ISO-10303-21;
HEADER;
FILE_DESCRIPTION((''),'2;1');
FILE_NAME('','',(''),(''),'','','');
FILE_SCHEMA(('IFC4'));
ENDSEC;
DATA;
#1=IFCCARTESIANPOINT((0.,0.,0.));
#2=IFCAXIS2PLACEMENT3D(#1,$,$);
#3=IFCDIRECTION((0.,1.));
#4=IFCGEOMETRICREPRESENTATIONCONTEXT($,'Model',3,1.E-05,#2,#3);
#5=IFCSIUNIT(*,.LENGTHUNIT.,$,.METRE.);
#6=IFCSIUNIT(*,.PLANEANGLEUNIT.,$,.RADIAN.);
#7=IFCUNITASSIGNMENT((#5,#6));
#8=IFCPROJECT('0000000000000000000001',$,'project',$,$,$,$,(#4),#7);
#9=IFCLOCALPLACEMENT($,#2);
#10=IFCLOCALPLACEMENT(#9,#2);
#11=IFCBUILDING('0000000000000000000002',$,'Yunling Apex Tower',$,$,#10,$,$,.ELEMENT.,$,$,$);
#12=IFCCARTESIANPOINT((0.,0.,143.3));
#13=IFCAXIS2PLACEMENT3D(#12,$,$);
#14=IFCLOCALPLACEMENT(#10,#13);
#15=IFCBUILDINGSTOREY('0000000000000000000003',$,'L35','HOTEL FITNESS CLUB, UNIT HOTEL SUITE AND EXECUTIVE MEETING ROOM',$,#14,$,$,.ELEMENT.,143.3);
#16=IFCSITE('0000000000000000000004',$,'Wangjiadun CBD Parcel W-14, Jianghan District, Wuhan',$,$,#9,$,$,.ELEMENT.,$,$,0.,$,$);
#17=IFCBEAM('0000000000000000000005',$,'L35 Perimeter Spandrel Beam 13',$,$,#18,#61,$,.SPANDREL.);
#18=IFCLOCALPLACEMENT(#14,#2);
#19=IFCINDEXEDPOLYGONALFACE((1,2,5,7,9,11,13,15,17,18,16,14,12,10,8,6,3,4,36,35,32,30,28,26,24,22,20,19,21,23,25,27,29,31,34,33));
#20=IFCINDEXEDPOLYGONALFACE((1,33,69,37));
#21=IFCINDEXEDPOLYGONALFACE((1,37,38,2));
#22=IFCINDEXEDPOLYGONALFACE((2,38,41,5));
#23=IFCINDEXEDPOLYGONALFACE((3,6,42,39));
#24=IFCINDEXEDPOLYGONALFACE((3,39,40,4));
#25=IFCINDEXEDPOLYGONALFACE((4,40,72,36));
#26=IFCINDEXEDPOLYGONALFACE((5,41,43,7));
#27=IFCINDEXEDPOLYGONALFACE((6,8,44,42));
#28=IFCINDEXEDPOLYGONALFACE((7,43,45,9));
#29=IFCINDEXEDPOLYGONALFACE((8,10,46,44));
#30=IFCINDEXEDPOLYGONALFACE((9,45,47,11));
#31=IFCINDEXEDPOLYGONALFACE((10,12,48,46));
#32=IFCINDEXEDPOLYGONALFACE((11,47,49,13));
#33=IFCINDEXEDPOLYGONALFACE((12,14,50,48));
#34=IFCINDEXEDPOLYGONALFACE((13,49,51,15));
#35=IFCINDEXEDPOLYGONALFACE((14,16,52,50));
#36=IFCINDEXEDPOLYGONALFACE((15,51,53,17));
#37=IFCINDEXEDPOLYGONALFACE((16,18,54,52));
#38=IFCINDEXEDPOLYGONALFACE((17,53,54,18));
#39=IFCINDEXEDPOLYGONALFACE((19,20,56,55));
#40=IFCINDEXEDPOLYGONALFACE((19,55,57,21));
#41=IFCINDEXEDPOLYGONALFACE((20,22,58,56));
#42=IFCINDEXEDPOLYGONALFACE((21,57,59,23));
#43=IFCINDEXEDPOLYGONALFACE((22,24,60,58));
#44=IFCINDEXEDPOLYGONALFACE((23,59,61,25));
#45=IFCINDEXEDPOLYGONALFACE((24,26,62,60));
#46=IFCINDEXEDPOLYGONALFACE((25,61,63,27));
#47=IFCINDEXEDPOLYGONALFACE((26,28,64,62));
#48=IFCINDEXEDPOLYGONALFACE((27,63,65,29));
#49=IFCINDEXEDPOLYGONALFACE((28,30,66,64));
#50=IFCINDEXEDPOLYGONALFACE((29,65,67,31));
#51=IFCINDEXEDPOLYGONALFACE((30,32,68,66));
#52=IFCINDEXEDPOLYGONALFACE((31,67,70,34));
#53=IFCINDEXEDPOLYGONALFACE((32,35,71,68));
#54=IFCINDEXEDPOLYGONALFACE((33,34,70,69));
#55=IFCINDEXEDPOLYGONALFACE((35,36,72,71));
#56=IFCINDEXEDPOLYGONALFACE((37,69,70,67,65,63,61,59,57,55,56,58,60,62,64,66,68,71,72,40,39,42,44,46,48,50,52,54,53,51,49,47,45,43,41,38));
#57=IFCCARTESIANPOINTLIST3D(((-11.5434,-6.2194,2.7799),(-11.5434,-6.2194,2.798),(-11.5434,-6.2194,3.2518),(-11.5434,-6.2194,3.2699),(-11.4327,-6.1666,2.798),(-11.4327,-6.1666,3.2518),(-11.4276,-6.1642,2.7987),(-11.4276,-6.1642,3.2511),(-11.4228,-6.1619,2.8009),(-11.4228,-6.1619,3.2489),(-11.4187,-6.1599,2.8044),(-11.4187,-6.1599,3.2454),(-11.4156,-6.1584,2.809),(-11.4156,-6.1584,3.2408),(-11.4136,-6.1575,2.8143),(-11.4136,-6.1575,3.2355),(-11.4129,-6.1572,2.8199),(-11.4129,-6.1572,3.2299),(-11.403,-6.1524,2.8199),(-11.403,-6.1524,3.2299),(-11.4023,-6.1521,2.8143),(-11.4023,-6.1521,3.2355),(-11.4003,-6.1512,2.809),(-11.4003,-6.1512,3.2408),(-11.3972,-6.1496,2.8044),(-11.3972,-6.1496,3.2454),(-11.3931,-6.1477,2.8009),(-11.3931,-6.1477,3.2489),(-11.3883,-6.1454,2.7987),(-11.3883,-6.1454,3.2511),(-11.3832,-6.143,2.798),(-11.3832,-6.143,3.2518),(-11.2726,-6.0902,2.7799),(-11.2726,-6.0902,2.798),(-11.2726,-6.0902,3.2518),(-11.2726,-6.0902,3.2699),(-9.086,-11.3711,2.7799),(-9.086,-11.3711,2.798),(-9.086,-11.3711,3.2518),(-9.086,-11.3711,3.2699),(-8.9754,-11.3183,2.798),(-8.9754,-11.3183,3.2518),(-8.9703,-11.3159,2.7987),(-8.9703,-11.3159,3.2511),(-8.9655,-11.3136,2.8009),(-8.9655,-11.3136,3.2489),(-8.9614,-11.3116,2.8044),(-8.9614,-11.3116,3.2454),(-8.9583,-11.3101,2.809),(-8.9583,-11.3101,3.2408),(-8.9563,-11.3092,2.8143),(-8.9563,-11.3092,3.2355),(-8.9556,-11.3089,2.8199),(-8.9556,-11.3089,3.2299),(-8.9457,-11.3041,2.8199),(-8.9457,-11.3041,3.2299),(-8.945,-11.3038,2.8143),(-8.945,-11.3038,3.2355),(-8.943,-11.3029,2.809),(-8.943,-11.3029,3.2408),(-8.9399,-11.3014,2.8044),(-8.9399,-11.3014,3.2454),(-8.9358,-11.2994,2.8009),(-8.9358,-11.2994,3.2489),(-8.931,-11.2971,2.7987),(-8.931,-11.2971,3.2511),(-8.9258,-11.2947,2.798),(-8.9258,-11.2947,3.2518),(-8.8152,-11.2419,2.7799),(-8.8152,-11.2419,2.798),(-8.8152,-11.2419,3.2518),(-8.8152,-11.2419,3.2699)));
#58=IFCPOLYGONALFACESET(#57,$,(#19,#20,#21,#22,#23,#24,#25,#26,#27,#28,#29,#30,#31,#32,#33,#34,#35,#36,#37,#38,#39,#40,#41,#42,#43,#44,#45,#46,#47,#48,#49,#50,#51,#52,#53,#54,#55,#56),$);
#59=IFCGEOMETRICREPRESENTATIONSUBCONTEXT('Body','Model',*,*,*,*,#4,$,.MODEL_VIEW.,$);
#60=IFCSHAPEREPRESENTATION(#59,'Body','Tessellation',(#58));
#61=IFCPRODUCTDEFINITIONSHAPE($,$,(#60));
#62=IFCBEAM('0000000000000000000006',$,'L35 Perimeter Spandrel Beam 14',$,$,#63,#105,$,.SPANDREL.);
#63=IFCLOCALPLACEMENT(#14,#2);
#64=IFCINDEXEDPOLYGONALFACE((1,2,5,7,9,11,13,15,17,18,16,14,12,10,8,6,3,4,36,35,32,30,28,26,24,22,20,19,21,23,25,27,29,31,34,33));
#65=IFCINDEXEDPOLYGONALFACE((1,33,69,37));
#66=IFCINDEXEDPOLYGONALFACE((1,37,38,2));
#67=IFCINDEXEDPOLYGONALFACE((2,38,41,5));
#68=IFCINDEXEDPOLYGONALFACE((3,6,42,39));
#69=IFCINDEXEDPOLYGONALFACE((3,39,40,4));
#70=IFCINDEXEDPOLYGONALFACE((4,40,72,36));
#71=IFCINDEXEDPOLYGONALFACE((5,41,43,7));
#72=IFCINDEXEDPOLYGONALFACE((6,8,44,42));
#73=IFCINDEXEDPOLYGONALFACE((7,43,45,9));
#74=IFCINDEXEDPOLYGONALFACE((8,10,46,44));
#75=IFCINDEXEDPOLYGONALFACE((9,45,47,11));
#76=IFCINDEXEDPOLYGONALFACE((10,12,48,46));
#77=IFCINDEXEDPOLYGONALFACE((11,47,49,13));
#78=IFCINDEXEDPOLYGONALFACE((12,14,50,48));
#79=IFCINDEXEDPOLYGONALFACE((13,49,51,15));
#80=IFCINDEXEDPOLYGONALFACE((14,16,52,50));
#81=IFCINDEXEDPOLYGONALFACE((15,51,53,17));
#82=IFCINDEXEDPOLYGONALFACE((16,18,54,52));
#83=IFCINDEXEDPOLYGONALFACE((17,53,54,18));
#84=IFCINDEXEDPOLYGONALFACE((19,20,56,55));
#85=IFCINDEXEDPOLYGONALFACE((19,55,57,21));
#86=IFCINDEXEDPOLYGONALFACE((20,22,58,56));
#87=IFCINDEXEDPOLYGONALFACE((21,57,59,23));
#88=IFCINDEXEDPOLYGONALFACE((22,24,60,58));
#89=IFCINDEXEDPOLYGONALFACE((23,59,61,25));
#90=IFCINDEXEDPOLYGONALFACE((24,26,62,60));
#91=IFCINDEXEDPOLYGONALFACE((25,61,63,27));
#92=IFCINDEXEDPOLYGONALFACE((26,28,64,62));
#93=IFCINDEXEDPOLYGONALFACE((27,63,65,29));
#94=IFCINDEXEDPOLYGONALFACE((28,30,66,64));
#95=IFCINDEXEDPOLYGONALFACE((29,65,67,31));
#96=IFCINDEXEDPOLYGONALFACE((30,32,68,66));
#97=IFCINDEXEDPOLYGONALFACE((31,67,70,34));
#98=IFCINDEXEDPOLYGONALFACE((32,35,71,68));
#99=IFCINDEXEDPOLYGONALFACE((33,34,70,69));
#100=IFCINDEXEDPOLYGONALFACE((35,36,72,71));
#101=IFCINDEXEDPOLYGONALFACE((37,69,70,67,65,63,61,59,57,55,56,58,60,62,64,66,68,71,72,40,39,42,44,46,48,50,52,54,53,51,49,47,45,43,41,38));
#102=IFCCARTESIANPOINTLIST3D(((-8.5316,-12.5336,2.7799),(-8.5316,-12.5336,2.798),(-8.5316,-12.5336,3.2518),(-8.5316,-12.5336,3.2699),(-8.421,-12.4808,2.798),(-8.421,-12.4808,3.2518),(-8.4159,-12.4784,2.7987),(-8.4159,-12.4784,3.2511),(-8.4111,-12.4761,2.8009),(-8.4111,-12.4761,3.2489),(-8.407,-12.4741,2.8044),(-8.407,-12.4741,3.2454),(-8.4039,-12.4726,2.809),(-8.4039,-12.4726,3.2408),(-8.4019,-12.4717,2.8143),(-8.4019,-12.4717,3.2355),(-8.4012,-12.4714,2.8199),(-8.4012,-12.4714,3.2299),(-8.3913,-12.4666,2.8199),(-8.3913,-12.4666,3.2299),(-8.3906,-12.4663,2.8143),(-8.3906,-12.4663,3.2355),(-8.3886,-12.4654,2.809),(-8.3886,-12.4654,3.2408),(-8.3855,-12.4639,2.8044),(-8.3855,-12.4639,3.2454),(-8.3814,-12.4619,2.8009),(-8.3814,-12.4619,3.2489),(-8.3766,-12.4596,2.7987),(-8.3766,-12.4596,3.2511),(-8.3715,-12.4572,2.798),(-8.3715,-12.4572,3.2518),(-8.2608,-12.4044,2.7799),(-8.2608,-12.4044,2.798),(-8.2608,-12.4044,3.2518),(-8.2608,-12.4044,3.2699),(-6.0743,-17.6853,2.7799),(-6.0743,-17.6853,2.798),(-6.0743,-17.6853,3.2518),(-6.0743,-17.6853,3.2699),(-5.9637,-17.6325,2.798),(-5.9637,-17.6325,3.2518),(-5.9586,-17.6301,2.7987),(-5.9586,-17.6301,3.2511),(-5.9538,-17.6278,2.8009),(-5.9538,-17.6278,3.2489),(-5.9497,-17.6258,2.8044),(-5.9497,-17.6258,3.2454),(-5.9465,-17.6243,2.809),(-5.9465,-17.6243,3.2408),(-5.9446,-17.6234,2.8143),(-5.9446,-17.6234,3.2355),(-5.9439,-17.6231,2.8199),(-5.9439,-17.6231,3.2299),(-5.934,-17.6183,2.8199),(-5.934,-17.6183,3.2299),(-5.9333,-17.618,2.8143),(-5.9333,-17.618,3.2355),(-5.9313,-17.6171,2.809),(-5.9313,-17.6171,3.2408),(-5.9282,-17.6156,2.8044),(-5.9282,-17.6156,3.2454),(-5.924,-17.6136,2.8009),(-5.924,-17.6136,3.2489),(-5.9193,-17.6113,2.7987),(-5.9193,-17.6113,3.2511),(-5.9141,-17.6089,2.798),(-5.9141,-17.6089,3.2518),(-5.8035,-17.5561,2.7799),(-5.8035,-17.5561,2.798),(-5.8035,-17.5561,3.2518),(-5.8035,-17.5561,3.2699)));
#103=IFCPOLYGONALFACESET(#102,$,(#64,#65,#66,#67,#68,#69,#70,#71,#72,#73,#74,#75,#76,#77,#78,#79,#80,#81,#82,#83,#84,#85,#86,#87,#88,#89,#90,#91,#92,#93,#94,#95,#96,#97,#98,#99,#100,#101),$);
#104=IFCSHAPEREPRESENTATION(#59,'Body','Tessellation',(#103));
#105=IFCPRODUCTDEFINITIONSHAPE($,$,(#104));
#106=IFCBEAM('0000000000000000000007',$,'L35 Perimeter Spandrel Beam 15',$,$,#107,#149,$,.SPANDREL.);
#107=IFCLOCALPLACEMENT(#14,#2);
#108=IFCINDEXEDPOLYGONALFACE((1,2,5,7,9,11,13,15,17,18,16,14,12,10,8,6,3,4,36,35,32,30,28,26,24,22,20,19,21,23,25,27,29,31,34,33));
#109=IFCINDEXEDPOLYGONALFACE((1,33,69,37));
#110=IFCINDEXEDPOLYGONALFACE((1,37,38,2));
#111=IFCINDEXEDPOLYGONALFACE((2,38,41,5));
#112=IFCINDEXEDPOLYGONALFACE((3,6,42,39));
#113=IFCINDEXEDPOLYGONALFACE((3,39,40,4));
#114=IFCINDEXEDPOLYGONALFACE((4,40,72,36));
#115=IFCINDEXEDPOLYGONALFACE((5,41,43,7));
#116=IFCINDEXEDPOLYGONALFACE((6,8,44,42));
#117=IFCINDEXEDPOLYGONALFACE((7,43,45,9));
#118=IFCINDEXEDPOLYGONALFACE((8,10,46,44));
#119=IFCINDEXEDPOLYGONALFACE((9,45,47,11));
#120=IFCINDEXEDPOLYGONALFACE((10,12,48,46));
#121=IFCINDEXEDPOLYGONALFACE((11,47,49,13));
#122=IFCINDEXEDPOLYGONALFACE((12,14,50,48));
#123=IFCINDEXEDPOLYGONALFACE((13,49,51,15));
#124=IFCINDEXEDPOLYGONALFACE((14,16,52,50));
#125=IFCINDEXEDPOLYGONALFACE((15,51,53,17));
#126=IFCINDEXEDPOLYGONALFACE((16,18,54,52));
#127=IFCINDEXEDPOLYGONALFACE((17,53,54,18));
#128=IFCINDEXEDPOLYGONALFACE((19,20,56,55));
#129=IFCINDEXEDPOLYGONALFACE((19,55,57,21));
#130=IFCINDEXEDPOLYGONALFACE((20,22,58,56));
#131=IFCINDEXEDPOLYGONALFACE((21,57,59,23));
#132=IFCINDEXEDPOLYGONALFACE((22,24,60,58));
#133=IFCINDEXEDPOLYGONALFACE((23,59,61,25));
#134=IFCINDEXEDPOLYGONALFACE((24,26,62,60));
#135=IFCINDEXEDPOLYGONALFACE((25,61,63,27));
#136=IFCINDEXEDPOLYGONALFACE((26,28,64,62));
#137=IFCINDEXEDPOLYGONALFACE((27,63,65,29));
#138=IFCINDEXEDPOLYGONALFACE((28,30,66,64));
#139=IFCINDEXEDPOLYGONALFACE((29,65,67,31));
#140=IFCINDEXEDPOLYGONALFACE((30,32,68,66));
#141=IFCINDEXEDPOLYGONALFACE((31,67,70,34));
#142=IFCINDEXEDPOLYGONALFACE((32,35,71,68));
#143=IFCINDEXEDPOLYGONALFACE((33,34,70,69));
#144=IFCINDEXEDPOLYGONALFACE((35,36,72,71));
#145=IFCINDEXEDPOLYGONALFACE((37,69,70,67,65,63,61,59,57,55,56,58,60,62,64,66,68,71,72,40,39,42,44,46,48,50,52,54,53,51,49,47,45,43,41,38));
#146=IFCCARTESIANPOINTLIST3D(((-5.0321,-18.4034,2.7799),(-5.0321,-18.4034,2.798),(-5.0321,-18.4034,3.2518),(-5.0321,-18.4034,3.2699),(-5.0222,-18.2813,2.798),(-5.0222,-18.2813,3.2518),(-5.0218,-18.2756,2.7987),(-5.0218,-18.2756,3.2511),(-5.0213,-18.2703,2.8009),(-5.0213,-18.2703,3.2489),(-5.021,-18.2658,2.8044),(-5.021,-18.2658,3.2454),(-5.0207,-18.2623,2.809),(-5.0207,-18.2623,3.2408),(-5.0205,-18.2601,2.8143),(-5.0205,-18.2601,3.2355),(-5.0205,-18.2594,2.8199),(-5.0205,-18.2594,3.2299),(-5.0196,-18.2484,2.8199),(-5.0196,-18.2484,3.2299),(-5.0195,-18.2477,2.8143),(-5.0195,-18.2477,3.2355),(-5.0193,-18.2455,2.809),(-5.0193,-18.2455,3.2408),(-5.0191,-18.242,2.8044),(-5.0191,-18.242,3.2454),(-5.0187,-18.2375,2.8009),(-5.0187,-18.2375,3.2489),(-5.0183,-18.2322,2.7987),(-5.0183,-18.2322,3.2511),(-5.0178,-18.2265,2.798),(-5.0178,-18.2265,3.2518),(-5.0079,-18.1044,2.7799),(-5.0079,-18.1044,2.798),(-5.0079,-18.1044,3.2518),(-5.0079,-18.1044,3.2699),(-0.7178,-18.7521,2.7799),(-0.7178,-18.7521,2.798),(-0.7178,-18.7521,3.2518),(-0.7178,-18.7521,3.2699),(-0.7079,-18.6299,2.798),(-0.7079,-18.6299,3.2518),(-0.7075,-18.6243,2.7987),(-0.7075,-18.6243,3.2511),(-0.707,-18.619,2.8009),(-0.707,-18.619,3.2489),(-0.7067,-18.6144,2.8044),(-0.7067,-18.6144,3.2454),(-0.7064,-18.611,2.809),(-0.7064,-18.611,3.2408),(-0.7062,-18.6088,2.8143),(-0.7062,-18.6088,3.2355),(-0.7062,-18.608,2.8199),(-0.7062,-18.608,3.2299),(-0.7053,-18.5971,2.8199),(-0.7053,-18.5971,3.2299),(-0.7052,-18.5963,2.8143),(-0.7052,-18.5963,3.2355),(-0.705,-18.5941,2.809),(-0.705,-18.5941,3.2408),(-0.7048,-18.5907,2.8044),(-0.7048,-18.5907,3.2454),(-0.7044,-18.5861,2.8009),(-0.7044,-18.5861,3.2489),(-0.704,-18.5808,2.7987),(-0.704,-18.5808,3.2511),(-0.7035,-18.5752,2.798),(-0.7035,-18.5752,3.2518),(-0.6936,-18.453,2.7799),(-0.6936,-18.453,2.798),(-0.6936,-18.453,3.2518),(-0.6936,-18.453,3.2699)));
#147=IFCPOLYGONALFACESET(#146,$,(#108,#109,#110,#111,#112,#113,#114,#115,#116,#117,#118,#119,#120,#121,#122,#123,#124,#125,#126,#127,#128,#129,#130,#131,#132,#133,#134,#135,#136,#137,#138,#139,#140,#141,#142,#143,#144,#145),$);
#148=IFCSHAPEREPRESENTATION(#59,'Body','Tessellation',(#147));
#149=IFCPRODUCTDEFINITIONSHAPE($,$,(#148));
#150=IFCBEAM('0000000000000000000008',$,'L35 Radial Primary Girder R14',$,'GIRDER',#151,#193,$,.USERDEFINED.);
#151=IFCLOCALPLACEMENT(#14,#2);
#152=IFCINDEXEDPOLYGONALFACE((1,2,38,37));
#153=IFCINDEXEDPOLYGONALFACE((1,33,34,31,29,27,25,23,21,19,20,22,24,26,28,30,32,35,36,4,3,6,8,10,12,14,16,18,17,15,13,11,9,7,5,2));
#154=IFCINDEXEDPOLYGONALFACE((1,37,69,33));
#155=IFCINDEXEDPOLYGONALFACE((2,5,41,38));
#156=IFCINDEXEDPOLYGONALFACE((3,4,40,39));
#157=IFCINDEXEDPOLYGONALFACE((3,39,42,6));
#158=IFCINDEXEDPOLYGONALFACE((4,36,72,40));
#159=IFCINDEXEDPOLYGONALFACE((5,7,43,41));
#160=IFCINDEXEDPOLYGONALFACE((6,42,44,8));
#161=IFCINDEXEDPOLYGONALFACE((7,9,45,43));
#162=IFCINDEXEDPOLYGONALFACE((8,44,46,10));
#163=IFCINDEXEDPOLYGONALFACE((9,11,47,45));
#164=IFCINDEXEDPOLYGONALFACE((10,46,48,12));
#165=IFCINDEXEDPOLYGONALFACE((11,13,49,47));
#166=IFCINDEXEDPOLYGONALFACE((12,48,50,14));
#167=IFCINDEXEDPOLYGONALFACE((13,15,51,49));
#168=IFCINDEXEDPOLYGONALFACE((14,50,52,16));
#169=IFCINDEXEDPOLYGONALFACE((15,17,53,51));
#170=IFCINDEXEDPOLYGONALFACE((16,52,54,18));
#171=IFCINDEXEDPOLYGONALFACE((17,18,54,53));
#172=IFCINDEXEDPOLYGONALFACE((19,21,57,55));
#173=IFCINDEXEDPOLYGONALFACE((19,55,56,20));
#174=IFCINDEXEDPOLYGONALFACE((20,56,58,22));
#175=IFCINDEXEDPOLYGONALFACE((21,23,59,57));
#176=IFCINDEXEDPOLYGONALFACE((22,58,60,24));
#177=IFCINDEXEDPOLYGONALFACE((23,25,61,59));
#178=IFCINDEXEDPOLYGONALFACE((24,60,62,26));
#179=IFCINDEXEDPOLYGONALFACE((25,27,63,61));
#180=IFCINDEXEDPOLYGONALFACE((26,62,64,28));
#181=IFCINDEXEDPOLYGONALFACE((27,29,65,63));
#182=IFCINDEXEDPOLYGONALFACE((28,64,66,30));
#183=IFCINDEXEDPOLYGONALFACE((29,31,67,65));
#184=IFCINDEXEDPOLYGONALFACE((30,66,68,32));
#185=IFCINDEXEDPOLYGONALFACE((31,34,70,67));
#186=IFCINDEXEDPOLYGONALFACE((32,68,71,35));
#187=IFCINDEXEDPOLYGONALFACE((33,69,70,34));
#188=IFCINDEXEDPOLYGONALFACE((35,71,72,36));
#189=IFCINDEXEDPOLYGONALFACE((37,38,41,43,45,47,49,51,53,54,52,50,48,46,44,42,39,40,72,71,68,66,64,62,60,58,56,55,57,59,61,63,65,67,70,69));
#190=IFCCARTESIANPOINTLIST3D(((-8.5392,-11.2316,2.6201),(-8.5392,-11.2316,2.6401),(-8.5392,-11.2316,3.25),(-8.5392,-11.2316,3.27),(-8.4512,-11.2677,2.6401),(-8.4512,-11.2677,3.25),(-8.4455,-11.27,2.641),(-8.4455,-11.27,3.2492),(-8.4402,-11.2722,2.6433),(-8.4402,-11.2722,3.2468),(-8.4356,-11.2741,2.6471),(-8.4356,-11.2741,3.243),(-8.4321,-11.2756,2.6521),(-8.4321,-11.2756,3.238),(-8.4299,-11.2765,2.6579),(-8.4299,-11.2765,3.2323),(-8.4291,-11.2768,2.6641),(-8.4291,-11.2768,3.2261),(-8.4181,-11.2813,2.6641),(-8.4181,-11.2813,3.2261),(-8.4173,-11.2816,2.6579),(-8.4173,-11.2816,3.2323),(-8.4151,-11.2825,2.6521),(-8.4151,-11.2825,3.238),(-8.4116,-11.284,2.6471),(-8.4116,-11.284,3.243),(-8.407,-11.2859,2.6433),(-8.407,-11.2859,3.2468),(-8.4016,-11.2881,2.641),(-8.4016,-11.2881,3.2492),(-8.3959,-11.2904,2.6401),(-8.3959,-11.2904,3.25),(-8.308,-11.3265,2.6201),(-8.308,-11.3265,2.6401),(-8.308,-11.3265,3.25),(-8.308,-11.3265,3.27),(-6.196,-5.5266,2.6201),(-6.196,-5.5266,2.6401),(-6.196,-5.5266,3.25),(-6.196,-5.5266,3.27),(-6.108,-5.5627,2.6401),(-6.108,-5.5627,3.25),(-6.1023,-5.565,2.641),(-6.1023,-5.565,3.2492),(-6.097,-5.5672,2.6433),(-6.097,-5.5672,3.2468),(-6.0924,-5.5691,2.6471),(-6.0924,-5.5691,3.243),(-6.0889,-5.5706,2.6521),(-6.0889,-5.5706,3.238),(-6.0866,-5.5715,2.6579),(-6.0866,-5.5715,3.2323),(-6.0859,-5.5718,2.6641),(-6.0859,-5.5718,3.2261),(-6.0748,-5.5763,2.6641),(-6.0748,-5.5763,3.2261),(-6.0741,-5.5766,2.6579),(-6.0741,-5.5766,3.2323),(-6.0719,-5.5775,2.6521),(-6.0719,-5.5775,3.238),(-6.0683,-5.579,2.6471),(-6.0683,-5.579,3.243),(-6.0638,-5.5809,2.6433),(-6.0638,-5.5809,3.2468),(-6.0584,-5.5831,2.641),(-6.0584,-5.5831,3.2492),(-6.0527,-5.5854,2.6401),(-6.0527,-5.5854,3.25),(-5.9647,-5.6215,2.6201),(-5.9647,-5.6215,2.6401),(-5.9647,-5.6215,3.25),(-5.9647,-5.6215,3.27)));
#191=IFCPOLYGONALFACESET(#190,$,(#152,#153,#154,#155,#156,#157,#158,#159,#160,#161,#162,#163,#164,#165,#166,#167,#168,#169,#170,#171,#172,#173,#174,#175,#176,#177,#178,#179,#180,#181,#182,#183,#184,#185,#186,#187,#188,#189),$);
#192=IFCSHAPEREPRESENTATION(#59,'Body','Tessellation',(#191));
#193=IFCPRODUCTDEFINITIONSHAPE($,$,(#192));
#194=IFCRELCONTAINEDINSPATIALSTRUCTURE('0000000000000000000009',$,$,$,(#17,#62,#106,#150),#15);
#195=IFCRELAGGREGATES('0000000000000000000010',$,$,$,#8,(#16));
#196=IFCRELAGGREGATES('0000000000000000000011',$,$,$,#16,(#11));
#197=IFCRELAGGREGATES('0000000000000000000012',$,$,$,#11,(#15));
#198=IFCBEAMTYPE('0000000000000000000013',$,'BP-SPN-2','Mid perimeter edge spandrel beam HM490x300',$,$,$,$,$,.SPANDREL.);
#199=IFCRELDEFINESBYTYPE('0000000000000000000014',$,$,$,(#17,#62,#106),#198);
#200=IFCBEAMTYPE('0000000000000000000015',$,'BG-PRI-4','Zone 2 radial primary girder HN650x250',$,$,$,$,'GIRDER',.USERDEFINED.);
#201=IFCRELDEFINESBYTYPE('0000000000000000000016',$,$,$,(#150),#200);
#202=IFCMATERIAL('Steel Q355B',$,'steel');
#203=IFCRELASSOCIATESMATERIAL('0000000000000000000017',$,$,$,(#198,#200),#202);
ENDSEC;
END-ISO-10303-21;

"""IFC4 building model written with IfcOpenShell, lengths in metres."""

from ifc_helpers import new_model, si_unit, direction, frame, origin, origin_2d, place, context, subcontext, project, spatial, i_section, extrude, source, transform, mapped, material, material_profile, profile_set, type_object, element, save


model = new_model("IFC4")

# Units and contexts
model_context = context("Model", 3, precision=1e-05, world=origin(), true_north=direction((0.0, 1.0)))
body_context = subcontext(model_context, "Body", "Model", "MODEL_VIEW")
ifc_project = project(units=[si_unit("LENGTHUNIT", "METRE"), si_unit("PLANEANGLEUNIT", "RADIAN")], contexts=[model_context])

# Site, building, storey
site_placement = place(None, origin())
site = spatial("IfcSite", under=ifc_project, at=site_placement, Name="Wangjiadun CBD Parcel W-14, Jianghan District, Wuhan", CompositionType="ELEMENT", RefElevation=0.0)
building_placement = place(site_placement, origin())
building = spatial("IfcBuilding", under=site, at=building_placement, Name="Yunling Apex Tower", CompositionType="ELEMENT")
storey_placement = place(building_placement, frame((0.0, 0.0, 143.3)))
storey = spatial("IfcBuildingStorey", under=building, at=storey_placement, Name="L35", Description="HOTEL FITNESS CLUB, UNIT HOTEL SUITE AND EXECUTIVE MEETING ROOM", CompositionType="ELEMENT", Elevation=143.3)

# Beams
ifc_material_1 = material(Name="Steel Q355B", Category="steel")
ifc_material_profile_1 = material_profile(ifc_material_1, i_section(OverallWidth=0.3, OverallDepth=0.49, WebThickness=0.011, FlangeThickness=0.0181, FilletRadius=0.022, at=origin_2d()))
ifc_profile_set_1 = profile_set([ifc_material_profile_1], Name="Steel Q355B")
beam_type_1 = type_object("IfcBeamType", Name="BP-SPN-2", Description="Mid perimeter edge spandrel beam HM490x300", PredefinedType="SPANDREL", material=ifc_profile_set_1)
shared_shape_1 = source(origin(), body_context, "Body", "SweptSolid", [
    extrude(i_section(OverallWidth=0.3, OverallDepth=0.49, WebThickness=0.011, FlangeThickness=0.0181, FilletRadius=0.022, at=origin_2d()), origin(), (0.0, 0.0, 1.0), 5.7078),
])
for number, where, z_axis, x_axis, name in (
    (1, (-11.408, -6.1548, 3.0249), (0.430523, -0.90258, 0.0), (0.90258, 0.430523, 0.0), "L35 Perimeter Spandrel Beam 13"),
    (2, (-8.3962, -12.469, 3.0249), (0.430523, -0.90258, 0.0), (0.90258, 0.430523, 0.0), "L35 Perimeter Spandrel Beam 14"),
):
    element("IfcBeam", number, at=place(storey_placement, frame(where, z_axis=z_axis, x_axis=x_axis)), inside=storey, type_object=beam_type_1, Name=name, PredefinedType="SPANDREL", context=body_context, shape_type="MappedRepresentation", body=[
        mapped(shared_shape_1, transform((0.0, 0.0, 0.0), scale=1.0)),
    ])
shared_shape_2 = source(origin(), body_context, "Body", "SweptSolid", [
    extrude(i_section(OverallWidth=0.3, OverallDepth=0.49, WebThickness=0.011, FlangeThickness=0.0181, FilletRadius=0.022, at=origin_2d()), origin(), (0.0, 0.0, 1.0), 4.3284),
])
beam_1_placement = place(storey_placement, frame((-5.02, -18.2539, 3.0249), z_axis=(0.996751, -0.080548, 0.0), x_axis=(0.080548, 0.996751, 0.0)))
element("IfcBeam", 3, at=beam_1_placement, inside=storey, type_object=beam_type_1, Name="L35 Perimeter Spandrel Beam 15", PredefinedType="SPANDREL", context=body_context, shape_type="MappedRepresentation", body=[
    mapped(shared_shape_2, transform((0.0, 0.0, 0.0), scale=1.0)),
])
ifc_material_profile_2 = material_profile(ifc_material_1, i_section(OverallWidth=0.25, OverallDepth=0.6499, WebThickness=0.012, FlangeThickness=0.02, FilletRadius=0.0239, at=origin_2d()))
ifc_profile_set_2 = profile_set([ifc_material_profile_2], Name="Steel Q355B")
beam_type_2 = type_object("IfcBeamType", Name="BG-PRI-4", Description="Zone 2 radial primary girder HN650x250", ElementType="GIRDER", PredefinedType="USERDEFINED", material=ifc_profile_set_2)
shared_shape_3 = source(origin(), body_context, "Body", "SweptSolid", [
    extrude(i_section(OverallWidth=0.25, OverallDepth=0.6499, WebThickness=0.012, FlangeThickness=0.02, FilletRadius=0.0239, at=origin_2d()), origin(), (0.0, 0.0, 1.0), 6.1675),
])
beam_2_placement = place(storey_placement, frame((-8.4236, -11.2791, 2.9451), z_axis=(0.379933, 0.925014, 0.0), x_axis=(-0.925014, 0.379933, 0.0)))
element("IfcBeam", 4, at=beam_2_placement, inside=storey, type_object=beam_type_2, Name="L35 Radial Primary Girder R14", ObjectType="GIRDER", PredefinedType="USERDEFINED", context=body_context, shape_type="MappedRepresentation", body=[
    mapped(shared_shape_3, transform((0.0, 0.0, 0.0), scale=1.0)),
])

save(model, "model.ifc")
